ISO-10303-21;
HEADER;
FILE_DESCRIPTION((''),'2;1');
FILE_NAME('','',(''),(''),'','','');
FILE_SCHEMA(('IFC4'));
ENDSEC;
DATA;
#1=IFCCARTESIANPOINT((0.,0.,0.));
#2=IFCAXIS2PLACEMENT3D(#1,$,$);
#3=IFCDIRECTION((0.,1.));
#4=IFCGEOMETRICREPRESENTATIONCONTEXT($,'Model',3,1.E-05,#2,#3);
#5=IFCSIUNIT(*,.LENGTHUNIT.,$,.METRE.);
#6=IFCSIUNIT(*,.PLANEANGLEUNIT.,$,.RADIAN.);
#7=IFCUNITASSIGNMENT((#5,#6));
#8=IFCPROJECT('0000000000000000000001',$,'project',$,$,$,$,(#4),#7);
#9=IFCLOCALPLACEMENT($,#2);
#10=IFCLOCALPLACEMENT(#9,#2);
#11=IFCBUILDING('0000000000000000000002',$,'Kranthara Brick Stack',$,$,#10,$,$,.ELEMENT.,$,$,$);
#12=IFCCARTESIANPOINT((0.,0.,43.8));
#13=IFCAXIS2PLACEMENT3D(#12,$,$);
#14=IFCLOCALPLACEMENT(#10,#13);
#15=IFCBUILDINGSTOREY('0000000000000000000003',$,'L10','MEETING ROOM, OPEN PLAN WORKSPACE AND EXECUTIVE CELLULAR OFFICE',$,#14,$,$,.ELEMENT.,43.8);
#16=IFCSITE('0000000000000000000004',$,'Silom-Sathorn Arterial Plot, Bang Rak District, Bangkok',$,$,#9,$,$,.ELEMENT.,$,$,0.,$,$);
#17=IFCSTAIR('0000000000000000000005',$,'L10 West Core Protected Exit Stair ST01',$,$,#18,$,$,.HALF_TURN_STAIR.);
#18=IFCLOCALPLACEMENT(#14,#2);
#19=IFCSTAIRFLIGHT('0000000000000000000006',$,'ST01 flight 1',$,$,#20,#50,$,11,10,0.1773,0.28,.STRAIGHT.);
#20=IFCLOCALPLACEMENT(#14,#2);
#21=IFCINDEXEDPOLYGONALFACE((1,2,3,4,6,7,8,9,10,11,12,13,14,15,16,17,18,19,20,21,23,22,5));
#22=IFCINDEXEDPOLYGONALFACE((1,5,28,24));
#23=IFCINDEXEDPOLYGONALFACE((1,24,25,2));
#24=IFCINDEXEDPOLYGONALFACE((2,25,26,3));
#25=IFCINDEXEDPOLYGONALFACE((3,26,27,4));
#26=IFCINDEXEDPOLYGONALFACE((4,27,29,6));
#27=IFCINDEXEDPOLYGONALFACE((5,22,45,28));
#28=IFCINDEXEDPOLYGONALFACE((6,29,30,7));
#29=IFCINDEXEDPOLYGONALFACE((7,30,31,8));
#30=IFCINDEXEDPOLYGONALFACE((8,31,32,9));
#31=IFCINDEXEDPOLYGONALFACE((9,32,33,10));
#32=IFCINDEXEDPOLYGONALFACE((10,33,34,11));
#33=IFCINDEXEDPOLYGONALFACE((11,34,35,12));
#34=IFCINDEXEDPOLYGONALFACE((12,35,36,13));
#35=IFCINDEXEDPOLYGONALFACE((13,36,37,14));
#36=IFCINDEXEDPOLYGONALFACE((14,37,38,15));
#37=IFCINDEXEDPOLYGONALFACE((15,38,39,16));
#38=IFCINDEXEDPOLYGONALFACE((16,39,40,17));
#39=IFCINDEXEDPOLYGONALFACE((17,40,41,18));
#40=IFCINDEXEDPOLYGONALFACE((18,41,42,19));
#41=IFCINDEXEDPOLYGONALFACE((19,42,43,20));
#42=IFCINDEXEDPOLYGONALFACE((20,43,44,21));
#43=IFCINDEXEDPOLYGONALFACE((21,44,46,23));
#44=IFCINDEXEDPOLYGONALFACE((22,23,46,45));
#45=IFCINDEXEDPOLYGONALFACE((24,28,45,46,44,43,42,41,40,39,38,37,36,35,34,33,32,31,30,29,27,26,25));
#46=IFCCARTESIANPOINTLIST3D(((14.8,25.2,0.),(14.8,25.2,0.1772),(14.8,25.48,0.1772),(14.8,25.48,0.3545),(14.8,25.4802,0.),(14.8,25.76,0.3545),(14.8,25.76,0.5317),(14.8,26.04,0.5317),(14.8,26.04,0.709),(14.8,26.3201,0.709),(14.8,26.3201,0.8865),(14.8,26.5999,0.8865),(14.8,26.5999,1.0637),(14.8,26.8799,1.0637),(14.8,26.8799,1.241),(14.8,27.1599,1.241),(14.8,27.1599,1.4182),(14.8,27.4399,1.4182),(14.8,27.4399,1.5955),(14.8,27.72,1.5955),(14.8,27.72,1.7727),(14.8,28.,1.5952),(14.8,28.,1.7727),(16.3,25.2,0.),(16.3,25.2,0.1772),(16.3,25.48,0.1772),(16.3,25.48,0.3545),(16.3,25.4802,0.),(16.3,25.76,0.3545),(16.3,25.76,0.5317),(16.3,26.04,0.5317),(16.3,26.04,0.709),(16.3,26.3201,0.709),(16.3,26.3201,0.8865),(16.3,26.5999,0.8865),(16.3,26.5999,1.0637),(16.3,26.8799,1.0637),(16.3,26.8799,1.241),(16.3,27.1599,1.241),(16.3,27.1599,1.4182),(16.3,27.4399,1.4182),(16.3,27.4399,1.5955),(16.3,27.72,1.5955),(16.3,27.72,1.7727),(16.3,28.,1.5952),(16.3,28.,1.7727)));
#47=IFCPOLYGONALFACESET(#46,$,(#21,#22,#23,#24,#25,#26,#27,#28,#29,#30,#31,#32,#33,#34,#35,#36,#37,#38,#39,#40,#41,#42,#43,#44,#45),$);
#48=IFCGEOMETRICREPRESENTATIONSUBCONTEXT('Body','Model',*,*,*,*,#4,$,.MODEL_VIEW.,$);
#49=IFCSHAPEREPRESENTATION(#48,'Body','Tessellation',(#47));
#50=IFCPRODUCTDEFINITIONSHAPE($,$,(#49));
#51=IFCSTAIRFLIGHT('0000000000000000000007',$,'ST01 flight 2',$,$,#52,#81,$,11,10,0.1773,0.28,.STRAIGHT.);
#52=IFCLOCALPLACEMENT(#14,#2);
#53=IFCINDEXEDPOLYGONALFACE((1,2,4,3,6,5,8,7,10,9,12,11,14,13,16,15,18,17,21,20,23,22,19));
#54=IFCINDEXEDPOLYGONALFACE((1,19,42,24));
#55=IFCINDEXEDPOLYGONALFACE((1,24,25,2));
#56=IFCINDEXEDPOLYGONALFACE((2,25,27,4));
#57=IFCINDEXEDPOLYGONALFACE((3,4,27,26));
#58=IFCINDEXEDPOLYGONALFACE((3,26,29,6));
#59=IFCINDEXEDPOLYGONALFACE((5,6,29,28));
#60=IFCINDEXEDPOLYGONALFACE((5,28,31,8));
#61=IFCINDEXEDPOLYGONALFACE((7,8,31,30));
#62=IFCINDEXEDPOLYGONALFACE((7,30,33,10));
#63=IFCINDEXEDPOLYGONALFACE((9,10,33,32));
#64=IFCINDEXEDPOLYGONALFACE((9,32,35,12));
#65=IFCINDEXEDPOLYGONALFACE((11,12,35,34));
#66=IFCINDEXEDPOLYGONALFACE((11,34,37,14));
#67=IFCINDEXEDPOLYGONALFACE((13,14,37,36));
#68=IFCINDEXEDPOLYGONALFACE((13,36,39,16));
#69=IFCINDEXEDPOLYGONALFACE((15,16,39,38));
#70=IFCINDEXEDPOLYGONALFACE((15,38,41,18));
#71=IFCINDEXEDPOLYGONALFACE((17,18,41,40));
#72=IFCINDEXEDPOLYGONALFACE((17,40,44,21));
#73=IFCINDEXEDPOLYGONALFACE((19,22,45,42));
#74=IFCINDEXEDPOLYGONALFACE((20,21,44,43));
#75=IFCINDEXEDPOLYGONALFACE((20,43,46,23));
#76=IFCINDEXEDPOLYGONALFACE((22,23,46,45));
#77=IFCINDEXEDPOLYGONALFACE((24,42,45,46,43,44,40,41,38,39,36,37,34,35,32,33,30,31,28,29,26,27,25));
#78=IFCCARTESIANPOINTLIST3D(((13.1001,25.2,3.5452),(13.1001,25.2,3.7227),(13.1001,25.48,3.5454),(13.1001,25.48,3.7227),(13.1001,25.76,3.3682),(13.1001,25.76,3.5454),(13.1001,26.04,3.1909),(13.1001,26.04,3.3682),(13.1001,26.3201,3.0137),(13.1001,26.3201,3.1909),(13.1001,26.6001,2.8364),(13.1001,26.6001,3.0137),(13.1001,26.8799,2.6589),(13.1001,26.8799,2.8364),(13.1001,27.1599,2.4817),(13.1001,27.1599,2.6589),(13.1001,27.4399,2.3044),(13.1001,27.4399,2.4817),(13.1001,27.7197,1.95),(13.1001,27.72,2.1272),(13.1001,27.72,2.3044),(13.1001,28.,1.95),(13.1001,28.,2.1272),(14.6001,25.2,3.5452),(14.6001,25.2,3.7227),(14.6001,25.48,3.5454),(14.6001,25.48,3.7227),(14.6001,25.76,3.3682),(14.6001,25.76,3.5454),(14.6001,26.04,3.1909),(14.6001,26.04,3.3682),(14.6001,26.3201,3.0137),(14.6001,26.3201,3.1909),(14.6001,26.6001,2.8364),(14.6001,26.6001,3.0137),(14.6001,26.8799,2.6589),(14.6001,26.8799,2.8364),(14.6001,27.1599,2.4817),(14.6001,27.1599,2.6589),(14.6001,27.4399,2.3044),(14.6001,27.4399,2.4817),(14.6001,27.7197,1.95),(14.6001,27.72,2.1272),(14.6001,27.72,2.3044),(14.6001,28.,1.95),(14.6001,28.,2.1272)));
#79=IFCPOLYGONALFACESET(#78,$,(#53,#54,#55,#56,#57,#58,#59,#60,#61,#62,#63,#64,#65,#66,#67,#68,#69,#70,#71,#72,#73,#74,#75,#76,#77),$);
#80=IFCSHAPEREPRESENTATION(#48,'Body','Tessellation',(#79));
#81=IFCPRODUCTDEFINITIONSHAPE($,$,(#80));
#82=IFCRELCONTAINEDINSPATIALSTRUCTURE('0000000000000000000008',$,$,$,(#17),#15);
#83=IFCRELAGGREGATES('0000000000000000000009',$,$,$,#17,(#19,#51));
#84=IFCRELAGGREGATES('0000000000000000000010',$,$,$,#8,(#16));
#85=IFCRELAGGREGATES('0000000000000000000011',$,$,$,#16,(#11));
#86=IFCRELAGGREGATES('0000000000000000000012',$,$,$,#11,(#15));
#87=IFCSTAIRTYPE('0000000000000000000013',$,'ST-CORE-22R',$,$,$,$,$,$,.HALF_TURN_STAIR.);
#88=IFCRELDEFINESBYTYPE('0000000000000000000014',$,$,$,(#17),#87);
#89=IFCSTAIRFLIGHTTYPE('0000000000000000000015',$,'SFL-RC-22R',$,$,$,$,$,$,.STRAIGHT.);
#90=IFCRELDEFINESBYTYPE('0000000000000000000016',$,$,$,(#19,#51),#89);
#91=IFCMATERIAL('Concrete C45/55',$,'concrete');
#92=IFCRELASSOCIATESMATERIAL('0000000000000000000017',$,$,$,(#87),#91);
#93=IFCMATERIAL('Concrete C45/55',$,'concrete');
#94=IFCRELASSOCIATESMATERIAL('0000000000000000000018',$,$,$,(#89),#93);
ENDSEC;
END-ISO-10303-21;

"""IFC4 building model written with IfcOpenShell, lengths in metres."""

from ifc_helpers import new_model, si_unit, direction, frame, origin, place, context, subcontext, project, spatial, polyline, outline, extrude, material, type_object, element, aggregate, save


model = new_model("IFC4")

# Units and contexts
model_context = context("Model", 3, precision=1e-05, world=origin(), true_north=direction((0.0, 1.0)))
body_context = subcontext(model_context, "Body", "Model", "MODEL_VIEW")
ifc_project = project(units=[si_unit("LENGTHUNIT", "METRE"), si_unit("PLANEANGLEUNIT", "RADIAN")], contexts=[model_context])

# Site, building, storey
site_placement = place(None, origin())
site = spatial("IfcSite", under=ifc_project, at=site_placement, Name="Silom-Sathorn Arterial Plot, Bang Rak District, Bangkok", CompositionType="ELEMENT", RefElevation=0.0)
building_placement = place(site_placement, origin())
building = spatial("IfcBuilding", under=site, at=building_placement, Name="Kranthara Brick Stack", CompositionType="ELEMENT")
storey_placement = place(building_placement, frame((0.0, 0.0, 43.8)))
storey = spatial("IfcBuildingStorey", under=building, at=storey_placement, Name="L10", Description="MEETING ROOM, OPEN PLAN WORKSPACE AND EXECUTIVE CELLULAR OFFICE", CompositionType="ELEMENT", Elevation=43.8)

# Stair, stair flights
ifc_material_1 = material(Name="Concrete C45/55", Category="concrete")
stair_type = type_object("IfcStairType", Name="ST-CORE-22R", PredefinedType="HALF_TURN_STAIR", material=ifc_material_1)
stair_placement = place(storey_placement, origin())
stair = element("IfcStair", 1, at=stair_placement, inside=storey, type_object=stair_type, Name="L10 West Core Protected Exit Stair ST01", PredefinedType="HALF_TURN_STAIR")
ifc_material_2 = material(Name="Concrete C45/55", Category="concrete")
stair_flight_type = type_object("IfcStairFlightType", Name="SFL-RC-22R", PredefinedType="STRAIGHT", material=ifc_material_2)
stair_flight_1_placement = place(storey_placement, frame((15.55, 25.2, 0.0), z_axis=(0.0, 0.0, 1.0), x_axis=(0.0, 1.0, 0.0)))
stair_flight_1 = element("IfcStairFlight", 2, at=stair_flight_1_placement, type_object=stair_flight_type, Name="ST01 flight 1", NumberOfRisers=11, NumberOfTreads=10, PredefinedType="STRAIGHT", RiserHeight=0.1773, TreadLength=0.28, context=body_context, shape_type="SweptSolid", body=[
    extrude(outline(polyline([(0.0, 0.0), (0.0, 0.1772), (0.28, 0.1772), (0.28, 0.3545), (0.5601, 0.3545), (0.5601, 0.5317), (0.8401, 0.5317), (0.8401, 0.709), (1.1201, 0.709), (1.1201, 0.8865), (1.3999, 0.8865), (1.3999, 1.0637), (1.6799, 1.0637), (1.6799, 1.241), (1.96, 1.241), (1.96, 1.4182), (2.24, 1.4182), (2.24, 1.5955), (2.52, 1.5955), (2.52, 1.7727), (2.8, 1.7727), (2.8, 1.95), (2.8, 1.5952), (0.2803, 0.0), (0.0, 0.0)])), frame((0.0, 0.75, 0.0), z_axis=(0.0, -1.0, 0.0), x_axis=(1.0, 0.0, 0.0)), (0.0, 0.0, 1.0), 1.5),
])
stair_flight_2_placement = place(storey_placement, frame((13.8501, 28.0, 1.95), z_axis=(0.0, 0.0, 1.0), x_axis=(0.0, -1.0, 0.0)))
stair_flight_2 = element("IfcStairFlight", 3, at=stair_flight_2_placement, type_object=stair_flight_type, Name="ST01 flight 2", NumberOfRisers=11, NumberOfTreads=10, PredefinedType="STRAIGHT", RiserHeight=0.1773, TreadLength=0.28, context=body_context, shape_type="SweptSolid", body=[
    extrude(outline(polyline([(0.0, 0.0), (0.0, 0.1772), (0.28, 0.1772), (0.28, 0.3545), (0.5601, 0.3545), (0.5601, 0.5317), (0.8401, 0.5317), (0.8401, 0.709), (1.1201, 0.709), (1.1201, 0.8865), (1.3999, 0.8865), (1.3999, 1.0637), (1.6799, 1.0637), (1.6799, 1.241), (1.96, 1.241), (1.96, 1.4182), (2.24, 1.4182), (2.24, 1.5955), (2.52, 1.5955), (2.52, 1.7727), (2.8, 1.7727), (2.8, 1.95), (2.8, 1.5952), (0.2803, 0.0), (0.0, 0.0)])), frame((0.0, 0.75, 0.0), z_axis=(0.0, -1.0, 0.0), x_axis=(1.0, 0.0, 0.0)), (0.0, 0.0, 1.0), 1.5),
])
aggregate(stair, [stair_flight_1, stair_flight_2])

save(model, "model.ifc")
